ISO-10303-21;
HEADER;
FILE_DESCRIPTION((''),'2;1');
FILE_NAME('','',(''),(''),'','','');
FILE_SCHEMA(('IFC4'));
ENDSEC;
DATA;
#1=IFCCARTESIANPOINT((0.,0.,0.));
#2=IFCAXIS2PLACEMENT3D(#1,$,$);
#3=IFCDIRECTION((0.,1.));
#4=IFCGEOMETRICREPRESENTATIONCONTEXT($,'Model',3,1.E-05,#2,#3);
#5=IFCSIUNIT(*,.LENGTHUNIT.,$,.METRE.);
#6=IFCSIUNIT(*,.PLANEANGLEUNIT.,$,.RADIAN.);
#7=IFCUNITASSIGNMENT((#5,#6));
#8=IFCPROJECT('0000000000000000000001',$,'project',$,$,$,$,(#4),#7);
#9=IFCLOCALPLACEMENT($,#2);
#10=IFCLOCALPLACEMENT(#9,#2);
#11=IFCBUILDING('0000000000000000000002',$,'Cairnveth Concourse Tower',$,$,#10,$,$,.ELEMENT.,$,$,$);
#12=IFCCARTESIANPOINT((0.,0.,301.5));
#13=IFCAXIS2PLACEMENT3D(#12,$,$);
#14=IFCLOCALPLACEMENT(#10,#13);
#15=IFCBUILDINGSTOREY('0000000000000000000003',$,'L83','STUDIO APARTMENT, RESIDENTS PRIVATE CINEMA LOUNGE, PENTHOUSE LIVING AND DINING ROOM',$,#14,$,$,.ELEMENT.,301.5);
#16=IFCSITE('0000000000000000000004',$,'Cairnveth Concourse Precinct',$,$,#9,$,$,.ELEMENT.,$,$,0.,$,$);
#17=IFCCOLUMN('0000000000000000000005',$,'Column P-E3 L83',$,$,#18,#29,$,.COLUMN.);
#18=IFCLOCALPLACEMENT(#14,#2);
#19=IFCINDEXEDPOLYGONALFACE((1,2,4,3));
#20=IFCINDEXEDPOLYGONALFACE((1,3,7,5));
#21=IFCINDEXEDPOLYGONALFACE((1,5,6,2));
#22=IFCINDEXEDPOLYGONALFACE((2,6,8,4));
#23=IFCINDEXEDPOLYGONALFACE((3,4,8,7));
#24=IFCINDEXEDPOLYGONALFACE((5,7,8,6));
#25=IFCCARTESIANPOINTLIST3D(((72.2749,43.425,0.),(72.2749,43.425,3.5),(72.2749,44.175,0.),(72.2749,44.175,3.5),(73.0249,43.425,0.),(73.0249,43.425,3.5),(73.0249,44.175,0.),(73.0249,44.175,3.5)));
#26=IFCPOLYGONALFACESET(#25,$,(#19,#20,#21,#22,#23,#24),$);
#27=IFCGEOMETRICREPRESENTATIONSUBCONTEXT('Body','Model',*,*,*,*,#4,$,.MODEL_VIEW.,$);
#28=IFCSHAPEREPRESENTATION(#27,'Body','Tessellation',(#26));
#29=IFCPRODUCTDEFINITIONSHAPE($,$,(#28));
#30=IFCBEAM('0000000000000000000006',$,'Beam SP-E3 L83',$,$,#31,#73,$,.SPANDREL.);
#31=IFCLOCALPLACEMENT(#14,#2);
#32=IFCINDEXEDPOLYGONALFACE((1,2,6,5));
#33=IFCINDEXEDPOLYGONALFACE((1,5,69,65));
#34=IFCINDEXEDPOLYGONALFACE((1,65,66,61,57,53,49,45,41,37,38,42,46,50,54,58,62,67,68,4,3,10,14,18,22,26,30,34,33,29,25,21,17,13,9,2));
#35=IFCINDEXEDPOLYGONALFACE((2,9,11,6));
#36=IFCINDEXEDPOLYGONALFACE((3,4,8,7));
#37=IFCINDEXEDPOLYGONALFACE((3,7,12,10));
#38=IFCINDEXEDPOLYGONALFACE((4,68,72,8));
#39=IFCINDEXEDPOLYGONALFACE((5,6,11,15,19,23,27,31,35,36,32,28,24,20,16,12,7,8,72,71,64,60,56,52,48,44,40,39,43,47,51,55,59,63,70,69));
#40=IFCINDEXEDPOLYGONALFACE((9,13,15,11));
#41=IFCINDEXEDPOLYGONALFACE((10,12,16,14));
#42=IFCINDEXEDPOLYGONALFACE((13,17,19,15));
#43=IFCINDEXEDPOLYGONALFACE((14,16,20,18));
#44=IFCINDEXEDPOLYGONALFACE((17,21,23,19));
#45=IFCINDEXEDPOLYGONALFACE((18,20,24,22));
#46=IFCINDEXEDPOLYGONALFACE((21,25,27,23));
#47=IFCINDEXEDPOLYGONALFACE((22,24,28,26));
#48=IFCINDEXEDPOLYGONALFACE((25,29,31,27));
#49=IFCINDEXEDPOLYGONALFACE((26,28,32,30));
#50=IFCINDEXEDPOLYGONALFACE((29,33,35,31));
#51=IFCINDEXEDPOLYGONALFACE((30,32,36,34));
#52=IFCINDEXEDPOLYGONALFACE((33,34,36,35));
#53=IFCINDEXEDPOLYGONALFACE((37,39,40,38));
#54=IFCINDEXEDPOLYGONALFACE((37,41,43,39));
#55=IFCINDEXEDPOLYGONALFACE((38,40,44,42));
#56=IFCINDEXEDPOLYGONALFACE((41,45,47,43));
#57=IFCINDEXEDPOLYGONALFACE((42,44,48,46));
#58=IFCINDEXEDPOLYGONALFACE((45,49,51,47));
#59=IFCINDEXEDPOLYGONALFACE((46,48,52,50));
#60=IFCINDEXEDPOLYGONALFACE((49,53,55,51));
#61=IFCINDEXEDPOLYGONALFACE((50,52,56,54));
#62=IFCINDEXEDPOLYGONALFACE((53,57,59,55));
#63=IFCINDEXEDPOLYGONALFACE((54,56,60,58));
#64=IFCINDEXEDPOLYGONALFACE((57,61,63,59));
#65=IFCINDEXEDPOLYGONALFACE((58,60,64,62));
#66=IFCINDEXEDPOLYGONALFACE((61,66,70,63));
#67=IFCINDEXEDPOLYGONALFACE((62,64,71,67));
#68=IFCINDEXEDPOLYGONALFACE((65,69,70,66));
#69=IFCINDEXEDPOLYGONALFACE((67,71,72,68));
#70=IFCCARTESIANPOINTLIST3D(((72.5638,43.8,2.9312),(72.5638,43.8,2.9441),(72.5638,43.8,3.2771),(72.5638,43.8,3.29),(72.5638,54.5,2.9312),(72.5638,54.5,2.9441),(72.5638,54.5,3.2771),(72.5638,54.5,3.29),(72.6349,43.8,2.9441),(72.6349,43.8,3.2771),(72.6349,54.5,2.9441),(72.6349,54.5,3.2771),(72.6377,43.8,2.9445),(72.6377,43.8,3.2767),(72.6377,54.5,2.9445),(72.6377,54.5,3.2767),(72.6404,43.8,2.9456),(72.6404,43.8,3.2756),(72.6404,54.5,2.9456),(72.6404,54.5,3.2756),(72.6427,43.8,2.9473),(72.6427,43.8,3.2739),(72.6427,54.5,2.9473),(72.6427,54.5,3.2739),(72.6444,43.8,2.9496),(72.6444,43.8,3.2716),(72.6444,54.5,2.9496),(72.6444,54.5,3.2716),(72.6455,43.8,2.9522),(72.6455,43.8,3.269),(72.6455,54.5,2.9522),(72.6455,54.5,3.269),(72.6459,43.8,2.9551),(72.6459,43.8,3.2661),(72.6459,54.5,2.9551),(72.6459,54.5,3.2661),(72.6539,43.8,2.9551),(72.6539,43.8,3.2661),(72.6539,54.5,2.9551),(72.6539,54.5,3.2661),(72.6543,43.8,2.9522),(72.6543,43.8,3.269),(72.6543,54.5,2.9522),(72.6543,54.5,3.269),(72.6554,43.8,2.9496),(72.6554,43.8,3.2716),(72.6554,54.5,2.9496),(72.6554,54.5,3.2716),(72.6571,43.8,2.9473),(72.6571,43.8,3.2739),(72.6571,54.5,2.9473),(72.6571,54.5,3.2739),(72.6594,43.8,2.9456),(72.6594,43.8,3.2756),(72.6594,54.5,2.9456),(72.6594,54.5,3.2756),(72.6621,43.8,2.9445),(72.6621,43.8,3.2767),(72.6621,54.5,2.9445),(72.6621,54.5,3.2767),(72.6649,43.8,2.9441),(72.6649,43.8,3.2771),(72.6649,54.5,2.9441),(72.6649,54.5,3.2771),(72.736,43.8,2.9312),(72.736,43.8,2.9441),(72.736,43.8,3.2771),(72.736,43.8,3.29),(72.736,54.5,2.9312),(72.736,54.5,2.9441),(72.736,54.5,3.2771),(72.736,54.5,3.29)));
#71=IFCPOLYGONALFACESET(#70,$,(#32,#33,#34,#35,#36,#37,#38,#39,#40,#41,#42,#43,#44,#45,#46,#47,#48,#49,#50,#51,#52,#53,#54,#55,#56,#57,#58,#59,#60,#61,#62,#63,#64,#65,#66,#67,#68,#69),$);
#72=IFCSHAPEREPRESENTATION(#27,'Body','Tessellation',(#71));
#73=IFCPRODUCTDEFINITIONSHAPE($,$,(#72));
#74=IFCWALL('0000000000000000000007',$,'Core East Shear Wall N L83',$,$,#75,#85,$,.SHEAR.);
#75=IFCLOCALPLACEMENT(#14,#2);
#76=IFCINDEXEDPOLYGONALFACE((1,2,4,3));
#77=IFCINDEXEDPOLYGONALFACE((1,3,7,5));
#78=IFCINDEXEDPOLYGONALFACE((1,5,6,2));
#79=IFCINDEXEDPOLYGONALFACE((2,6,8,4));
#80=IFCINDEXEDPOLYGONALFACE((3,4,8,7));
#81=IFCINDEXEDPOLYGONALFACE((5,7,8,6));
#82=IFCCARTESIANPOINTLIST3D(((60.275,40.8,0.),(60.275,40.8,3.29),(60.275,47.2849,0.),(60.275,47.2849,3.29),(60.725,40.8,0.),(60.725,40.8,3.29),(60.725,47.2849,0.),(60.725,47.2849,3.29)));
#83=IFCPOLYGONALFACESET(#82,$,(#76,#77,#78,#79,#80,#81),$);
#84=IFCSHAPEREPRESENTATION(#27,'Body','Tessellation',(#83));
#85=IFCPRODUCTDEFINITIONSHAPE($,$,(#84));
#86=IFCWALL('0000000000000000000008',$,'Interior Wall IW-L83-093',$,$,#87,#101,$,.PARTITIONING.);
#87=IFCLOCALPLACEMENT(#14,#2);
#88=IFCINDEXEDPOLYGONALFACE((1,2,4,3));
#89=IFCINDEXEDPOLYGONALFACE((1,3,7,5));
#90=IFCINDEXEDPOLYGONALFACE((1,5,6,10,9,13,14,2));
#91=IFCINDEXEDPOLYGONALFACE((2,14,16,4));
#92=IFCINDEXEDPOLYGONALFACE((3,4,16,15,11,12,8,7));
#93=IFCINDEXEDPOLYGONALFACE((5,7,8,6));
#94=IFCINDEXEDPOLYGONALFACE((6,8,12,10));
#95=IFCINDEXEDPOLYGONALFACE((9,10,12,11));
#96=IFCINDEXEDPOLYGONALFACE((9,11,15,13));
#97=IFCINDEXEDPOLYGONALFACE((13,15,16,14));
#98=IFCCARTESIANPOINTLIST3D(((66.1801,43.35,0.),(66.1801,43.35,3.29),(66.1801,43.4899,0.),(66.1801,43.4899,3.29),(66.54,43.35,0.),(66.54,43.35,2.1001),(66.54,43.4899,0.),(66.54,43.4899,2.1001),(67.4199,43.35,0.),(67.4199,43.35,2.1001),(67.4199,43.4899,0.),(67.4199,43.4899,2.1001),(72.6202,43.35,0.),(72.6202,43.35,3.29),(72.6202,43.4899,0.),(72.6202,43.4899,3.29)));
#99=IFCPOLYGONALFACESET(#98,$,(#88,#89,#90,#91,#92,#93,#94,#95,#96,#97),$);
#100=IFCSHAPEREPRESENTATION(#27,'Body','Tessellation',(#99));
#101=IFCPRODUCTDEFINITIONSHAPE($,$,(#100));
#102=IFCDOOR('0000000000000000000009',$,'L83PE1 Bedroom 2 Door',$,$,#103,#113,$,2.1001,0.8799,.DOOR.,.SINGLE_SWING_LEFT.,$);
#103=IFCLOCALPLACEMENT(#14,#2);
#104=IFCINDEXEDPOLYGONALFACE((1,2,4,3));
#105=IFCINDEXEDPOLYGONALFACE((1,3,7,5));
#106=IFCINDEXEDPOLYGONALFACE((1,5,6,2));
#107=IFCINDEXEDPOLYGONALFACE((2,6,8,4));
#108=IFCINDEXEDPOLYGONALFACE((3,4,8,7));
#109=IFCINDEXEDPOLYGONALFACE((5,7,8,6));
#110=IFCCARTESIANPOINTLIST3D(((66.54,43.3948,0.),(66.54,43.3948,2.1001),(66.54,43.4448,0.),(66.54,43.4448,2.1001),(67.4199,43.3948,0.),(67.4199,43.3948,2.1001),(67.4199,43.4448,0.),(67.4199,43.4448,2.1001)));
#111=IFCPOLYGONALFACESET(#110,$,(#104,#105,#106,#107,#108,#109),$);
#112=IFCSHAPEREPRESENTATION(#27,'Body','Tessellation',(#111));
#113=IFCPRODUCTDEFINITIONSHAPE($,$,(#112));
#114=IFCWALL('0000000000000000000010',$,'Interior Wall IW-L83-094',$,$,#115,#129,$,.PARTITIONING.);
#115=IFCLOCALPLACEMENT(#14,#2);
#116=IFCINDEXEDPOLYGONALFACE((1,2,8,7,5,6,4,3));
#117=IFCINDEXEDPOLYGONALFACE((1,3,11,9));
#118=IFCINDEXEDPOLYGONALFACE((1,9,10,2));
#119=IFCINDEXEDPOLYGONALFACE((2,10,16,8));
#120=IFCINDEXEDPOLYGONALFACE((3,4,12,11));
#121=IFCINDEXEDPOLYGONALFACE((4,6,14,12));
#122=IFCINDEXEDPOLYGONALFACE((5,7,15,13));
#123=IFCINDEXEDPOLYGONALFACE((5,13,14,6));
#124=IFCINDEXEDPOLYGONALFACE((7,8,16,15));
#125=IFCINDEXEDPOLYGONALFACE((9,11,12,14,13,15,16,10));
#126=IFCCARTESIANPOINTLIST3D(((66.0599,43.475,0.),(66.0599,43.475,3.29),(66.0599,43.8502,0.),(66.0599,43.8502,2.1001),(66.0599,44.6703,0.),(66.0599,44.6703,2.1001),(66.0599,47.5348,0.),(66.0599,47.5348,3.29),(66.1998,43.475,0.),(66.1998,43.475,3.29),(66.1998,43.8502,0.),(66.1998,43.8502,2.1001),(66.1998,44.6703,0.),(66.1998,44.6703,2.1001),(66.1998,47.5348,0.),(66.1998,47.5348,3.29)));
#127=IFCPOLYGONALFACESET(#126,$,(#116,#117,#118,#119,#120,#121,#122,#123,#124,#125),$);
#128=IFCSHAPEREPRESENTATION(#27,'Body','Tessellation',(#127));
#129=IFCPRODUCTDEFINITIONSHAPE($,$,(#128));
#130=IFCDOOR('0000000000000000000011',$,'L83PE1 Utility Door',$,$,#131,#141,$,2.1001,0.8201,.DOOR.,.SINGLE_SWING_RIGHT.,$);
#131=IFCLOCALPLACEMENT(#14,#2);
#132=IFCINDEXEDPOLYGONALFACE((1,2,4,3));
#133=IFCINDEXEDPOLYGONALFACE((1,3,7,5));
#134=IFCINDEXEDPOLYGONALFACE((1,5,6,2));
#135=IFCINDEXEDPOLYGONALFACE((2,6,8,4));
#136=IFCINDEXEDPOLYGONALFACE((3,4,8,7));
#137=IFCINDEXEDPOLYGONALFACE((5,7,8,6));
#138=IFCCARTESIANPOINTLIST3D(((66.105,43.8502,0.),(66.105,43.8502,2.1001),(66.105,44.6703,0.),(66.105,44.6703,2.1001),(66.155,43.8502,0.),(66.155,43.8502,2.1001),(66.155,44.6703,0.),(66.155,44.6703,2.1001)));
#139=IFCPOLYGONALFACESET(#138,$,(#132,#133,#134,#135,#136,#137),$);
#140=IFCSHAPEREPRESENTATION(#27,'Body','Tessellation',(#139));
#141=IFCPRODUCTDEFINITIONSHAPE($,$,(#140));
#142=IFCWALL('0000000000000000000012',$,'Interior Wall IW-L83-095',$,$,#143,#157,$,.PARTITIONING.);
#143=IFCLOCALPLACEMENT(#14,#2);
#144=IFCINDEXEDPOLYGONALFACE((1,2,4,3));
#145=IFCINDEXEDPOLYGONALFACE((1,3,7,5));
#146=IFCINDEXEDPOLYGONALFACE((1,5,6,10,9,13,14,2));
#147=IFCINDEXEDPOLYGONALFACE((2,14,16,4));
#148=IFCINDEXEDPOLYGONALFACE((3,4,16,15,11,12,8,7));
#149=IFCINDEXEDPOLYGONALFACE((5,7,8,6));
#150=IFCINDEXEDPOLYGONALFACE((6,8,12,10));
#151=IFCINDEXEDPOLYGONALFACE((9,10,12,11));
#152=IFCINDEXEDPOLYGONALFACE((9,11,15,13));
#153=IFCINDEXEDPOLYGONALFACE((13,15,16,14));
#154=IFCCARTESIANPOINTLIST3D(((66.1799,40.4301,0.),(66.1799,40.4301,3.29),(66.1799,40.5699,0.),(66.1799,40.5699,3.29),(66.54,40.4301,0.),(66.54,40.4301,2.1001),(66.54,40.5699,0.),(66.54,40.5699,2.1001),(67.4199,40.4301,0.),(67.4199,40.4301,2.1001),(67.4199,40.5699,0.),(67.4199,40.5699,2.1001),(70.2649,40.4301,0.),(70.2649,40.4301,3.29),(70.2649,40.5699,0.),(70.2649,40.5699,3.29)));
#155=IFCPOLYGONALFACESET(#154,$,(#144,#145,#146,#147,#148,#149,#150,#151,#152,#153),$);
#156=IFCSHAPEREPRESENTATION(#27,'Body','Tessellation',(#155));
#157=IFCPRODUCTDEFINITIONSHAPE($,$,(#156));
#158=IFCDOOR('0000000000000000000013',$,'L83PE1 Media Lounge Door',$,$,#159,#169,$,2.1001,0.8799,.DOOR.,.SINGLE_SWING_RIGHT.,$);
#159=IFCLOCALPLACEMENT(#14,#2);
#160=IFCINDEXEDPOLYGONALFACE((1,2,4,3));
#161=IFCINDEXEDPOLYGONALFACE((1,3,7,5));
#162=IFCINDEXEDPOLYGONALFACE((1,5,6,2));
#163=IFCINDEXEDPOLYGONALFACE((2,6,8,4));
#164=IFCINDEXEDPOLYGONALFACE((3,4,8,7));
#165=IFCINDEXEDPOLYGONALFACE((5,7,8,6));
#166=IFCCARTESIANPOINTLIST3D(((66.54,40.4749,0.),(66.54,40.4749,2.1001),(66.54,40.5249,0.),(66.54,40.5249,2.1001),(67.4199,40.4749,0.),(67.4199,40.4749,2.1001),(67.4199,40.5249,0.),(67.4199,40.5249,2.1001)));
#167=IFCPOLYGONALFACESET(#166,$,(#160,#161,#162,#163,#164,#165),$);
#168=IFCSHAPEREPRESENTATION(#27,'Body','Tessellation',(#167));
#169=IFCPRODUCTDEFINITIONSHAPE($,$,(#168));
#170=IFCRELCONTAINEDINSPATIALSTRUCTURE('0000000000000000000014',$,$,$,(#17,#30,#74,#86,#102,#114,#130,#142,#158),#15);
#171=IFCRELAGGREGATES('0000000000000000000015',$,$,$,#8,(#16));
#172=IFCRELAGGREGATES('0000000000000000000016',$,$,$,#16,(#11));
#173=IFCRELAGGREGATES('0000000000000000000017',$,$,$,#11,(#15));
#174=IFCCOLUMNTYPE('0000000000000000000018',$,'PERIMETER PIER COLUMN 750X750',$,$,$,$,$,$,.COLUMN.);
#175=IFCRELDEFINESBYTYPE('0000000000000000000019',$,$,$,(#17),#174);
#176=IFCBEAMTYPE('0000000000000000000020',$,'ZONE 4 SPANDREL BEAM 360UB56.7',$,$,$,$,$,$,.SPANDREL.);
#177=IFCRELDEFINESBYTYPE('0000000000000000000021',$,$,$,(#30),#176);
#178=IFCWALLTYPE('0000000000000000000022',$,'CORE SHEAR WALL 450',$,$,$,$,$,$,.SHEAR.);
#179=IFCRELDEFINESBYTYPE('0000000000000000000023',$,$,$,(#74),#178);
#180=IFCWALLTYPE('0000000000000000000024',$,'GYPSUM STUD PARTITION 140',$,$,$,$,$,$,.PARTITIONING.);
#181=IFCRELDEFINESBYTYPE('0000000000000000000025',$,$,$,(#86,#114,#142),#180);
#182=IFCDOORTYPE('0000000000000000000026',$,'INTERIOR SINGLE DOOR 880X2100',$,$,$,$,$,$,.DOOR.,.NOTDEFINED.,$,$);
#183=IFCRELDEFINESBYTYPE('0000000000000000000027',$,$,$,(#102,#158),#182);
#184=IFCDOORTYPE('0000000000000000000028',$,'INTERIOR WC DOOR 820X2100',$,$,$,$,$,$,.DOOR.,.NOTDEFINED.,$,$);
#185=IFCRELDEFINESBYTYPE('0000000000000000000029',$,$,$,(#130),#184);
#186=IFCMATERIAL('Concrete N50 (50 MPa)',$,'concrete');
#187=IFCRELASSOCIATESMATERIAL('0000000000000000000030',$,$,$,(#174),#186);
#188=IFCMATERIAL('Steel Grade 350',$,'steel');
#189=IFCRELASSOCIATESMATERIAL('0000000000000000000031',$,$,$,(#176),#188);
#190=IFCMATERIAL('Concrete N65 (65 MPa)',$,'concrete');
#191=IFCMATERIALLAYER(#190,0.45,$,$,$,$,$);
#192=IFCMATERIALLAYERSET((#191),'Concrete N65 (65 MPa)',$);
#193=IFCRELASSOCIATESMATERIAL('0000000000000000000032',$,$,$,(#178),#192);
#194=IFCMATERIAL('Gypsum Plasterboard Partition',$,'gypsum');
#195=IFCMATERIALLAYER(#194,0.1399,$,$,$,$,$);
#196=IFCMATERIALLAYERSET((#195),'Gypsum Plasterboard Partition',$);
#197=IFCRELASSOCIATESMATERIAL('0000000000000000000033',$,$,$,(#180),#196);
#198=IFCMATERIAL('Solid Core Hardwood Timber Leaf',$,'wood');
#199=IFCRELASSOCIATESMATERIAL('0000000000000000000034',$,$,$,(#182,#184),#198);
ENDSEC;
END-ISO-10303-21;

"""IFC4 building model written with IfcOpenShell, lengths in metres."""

from ifc_helpers import new_model, si_unit, direction, frame, frame_2d, origin, origin_2d, place, context, subcontext, project, spatial, rectangle, i_section, extrude, material, layer, layer_set, material_profile, profile_set, type_object, element, fill, save


model = new_model("IFC4")

# Units and contexts
model_context = context("Model", 3, precision=1e-05, world=origin(), true_north=direction((0.0, 1.0)))
body_context = subcontext(model_context, "Body", "Model", "MODEL_VIEW")
ifc_project = project(units=[si_unit("LENGTHUNIT", "METRE"), si_unit("PLANEANGLEUNIT", "RADIAN")], contexts=[model_context])

# Site, building, storey
site_placement = place(None, origin())
site = spatial("IfcSite", under=ifc_project, at=site_placement, Name="Cairnveth Concourse Precinct", CompositionType="ELEMENT", RefElevation=0.0)
building_placement = place(site_placement, origin())
building = spatial("IfcBuilding", under=site, at=building_placement, Name="Cairnveth Concourse Tower", CompositionType="ELEMENT")
storey_placement = place(building_placement, frame((0.0, 0.0, 301.5)))
storey = spatial("IfcBuildingStorey", under=building, at=storey_placement, Name="L83", Description="STUDIO APARTMENT, RESIDENTS PRIVATE CINEMA LOUNGE, PENTHOUSE LIVING AND DINING ROOM", CompositionType="ELEMENT", Elevation=301.5)

# Column
ifc_material_1 = material(Name="Concrete N50 (50 MPa)", Category="concrete")
ifc_material_profile_1 = material_profile(ifc_material_1, rectangle(XDim=0.75, YDim=0.75, at=origin_2d()), Name="RC-COL-750x750")
ifc_profile_set_1 = profile_set([ifc_material_profile_1], Name="Concrete N50 (50 MPa)")
column_type = type_object("IfcColumnType", Name="PERIMETER PIER COLUMN 750X750", PredefinedType="COLUMN", material=ifc_profile_set_1)
column_placement = place(storey_placement, frame((72.6499, 43.8, 0.0), z_axis=(0.0, 0.0, 1.0), x_axis=(0.0, 1.0, 0.0)))
element("IfcColumn", 1, at=column_placement, inside=storey, type_object=column_type, Name="Column P-E3 L83", PredefinedType="COLUMN", context=body_context, shape_type="SweptSolid", body=[
    extrude(rectangle(XDim=0.75, YDim=0.75, at=origin_2d()), origin(), (0.0, 0.0, 1.0), 3.5),
])

# Beam
ifc_material_2 = material(Name="Steel Grade 350", Category="steel")
ifc_material_profile_2 = material_profile(ifc_material_2, i_section(OverallWidth=0.1721, OverallDepth=0.3589, WebThickness=0.0081, FlangeThickness=0.0129, FilletRadius=0.011, at=origin_2d()), Name="360UB56.7")
ifc_profile_set_2 = profile_set([ifc_material_profile_2], Name="Steel Grade 350")
beam_type = type_object("IfcBeamType", Name="ZONE 4 SPANDREL BEAM 360UB56.7", PredefinedType="SPANDREL", material=ifc_profile_set_2)
beam_placement = place(storey_placement, frame((72.6499, 43.8, 3.1106), z_axis=(0.0, 1.0, 0.0), x_axis=(-1.0, 0.0, 0.0)))
element("IfcBeam", 2, at=beam_placement, inside=storey, type_object=beam_type, Name="Beam SP-E3 L83", PredefinedType="SPANDREL", context=body_context, shape_type="SweptSolid", body=[
    extrude(i_section(OverallWidth=0.1721, OverallDepth=0.3589, WebThickness=0.0081, FlangeThickness=0.0129, FilletRadius=0.011, at=origin_2d()), origin(), (0.0, 0.0, 1.0), 10.7),
])

# Wall
ifc_material_3 = material(Name="Concrete N65 (65 MPa)", Category="concrete")
ifc_layer_1 = layer(ifc_material_3, 0.45)
ifc_layer_set_1 = layer_set([ifc_layer_1], Name="Concrete N65 (65 MPa)")
wall_type_1 = type_object("IfcWallType", Name="CORE SHEAR WALL 450", PredefinedType="SHEAR", material=ifc_layer_set_1)
wall_1_placement = place(storey_placement, frame((60.5, 40.8, 0.0), z_axis=(0.0, 0.0, 1.0), x_axis=(0.0, 1.0, 0.0)))
element("IfcWall", 3, at=wall_1_placement, inside=storey, type_object=wall_type_1, Name="Core East Shear Wall N L83", PredefinedType="SHEAR", context=body_context, shape_type="SweptSolid", body=[
    extrude(rectangle(XDim=6.4849, YDim=0.45, at=frame_2d((3.2424, 0.0))), origin(), (0.0, 0.0, 1.0), 3.29),
])

# Walls, openings, doors
ifc_material_4 = material(Name="Gypsum Plasterboard Partition", Category="gypsum")
ifc_layer_2 = layer(ifc_material_4, 0.1399)
ifc_layer_set_2 = layer_set([ifc_layer_2], Name="Gypsum Plasterboard Partition")
wall_type_2 = type_object("IfcWallType", Name="GYPSUM STUD PARTITION 140", PredefinedType="PARTITIONING", material=ifc_layer_set_2)
wall_2_placement = place(storey_placement, frame((66.1799, 43.4199, 0.0), z_axis=(0.0, 0.0, 1.0), x_axis=(1.0, 0.0, 0.0)))
wall_2 = element("IfcWall", 4, at=wall_2_placement, inside=storey, type_object=wall_type_2, Name="Interior Wall IW-L83-093", PredefinedType="PARTITIONING", context=body_context, shape_type="SweptSolid", body=[
    extrude(rectangle(XDim=6.4402, YDim=0.1399, at=frame_2d((3.2202, 0.0))), origin(), (0.0, 0.0, 1.0), 3.29),
])
opening_1_placement = place(wall_2_placement, frame((0.3601, 0.0, 0.0)))
opening_1 = element("IfcOpeningElement", 5, at=opening_1_placement, cuts=wall_2, PredefinedType="OPENING", context=body_context, shape_type="SweptSolid", body=[
    extrude(rectangle(XDim=0.8799, YDim=2.1001, at=frame_2d((0.4399, 1.05))), frame((0.0, 0.0798, 0.0), z_axis=(0.0, -1.0, 0.0), x_axis=(1.0, 0.0, 0.0)), (0.0, 0.0, 1.0), 0.1599),
])
ifc_material_5 = material(Name="Solid Core Hardwood Timber Leaf", Category="wood")
door_type_1 = type_object("IfcDoorType", Name="INTERIOR SINGLE DOOR 880X2100", OperationType="NOTDEFINED", PredefinedType="DOOR", material=ifc_material_5)
door_1_placement = place(opening_1_placement, origin())
door_1 = element("IfcDoor", 6, at=door_1_placement, inside=storey, type_object=door_type_1, Name="L83PE1 Bedroom 2 Door", OperationType="SINGLE_SWING_LEFT", OverallHeight=2.1001, OverallWidth=0.8799, PredefinedType="DOOR", context=body_context, shape_type="SweptSolid", body=[
    extrude(rectangle(XDim=0.8799, YDim=2.1001, at=frame_2d((0.4399, 1.05))), frame((0.0, 0.0249, 0.0), z_axis=(0.0, -1.0, 0.0), x_axis=(1.0, 0.0, 0.0)), (0.0, 0.0, 1.0), 0.05),
])
fill(opening_1, door_1)
wall_3_placement = place(storey_placement, frame((66.1299, 43.4751, 0.0), z_axis=(0.0, 0.0, 1.0), x_axis=(0.0, 1.0, 0.0)))
wall_3 = element("IfcWall", 7, at=wall_3_placement, inside=storey, type_object=wall_type_2, Name="Interior Wall IW-L83-094", PredefinedType="PARTITIONING", context=body_context, shape_type="SweptSolid", body=[
    extrude(rectangle(XDim=4.0598, YDim=0.1399, at=frame_2d((2.0298, 0.0))), origin(), (0.0, 0.0, 1.0), 3.29),
])
opening_2_placement = place(wall_3_placement, frame((0.375, 0.0, 0.0)))
opening_2 = element("IfcOpeningElement", 8, at=opening_2_placement, cuts=wall_3, PredefinedType="OPENING", context=body_context, shape_type="SweptSolid", body=[
    extrude(rectangle(XDim=0.8201, YDim=2.1001, at=frame_2d((0.4102, 1.05))), frame((0.0, 0.0798, 0.0), z_axis=(0.0, -1.0, 0.0), x_axis=(1.0, 0.0, 0.0)), (0.0, 0.0, 1.0), 0.1599),
])
door_type_2 = type_object("IfcDoorType", Name="INTERIOR WC DOOR 820X2100", OperationType="NOTDEFINED", PredefinedType="DOOR", material=ifc_material_5)
door_2_placement = place(opening_2_placement, origin())
door_2 = element("IfcDoor", 9, at=door_2_placement, inside=storey, type_object=door_type_2, Name="L83PE1 Utility Door", OperationType="SINGLE_SWING_RIGHT", OverallHeight=2.1001, OverallWidth=0.8201, PredefinedType="DOOR", context=body_context, shape_type="SweptSolid", body=[
    extrude(rectangle(XDim=0.8201, YDim=2.1001, at=frame_2d((0.4102, 1.05))), frame((0.0, 0.0249, 0.0), z_axis=(0.0, -1.0, 0.0), x_axis=(1.0, 0.0, 0.0)), (0.0, 0.0, 1.0), 0.05),
])
fill(opening_2, door_2)
wall_4_placement = place(storey_placement, frame((66.1799, 40.5, 0.0), z_axis=(0.0, 0.0, 1.0), x_axis=(1.0, 0.0, 0.0)))
wall_4 = element("IfcWall", 10, at=wall_4_placement, inside=storey, type_object=wall_type_2, Name="Interior Wall IW-L83-095", PredefinedType="PARTITIONING", context=body_context, shape_type="SweptSolid", body=[
    extrude(rectangle(XDim=4.085, YDim=0.1399, at=frame_2d((2.0425, 0.0))), origin(), (0.0, 0.0, 1.0), 3.29),
])
opening_3_placement = place(wall_4_placement, frame((0.3601, 0.0, 0.0)))
opening_3 = element("IfcOpeningElement", 11, at=opening_3_placement, cuts=wall_4, PredefinedType="OPENING", context=body_context, shape_type="SweptSolid", body=[
    extrude(rectangle(XDim=0.8799, YDim=2.1001, at=frame_2d((0.4399, 1.05))), frame((0.0, 0.0798, 0.0), z_axis=(0.0, -1.0, 0.0), x_axis=(1.0, 0.0, 0.0)), (0.0, 0.0, 1.0), 0.1599),
])
door_3_placement = place(opening_3_placement, origin())
door_3 = element("IfcDoor", 12, at=door_3_placement, inside=storey, type_object=door_type_1, Name="L83PE1 Media Lounge Door", OperationType="SINGLE_SWING_RIGHT", OverallHeight=2.1001, OverallWidth=0.8799, PredefinedType="DOOR", context=body_context, shape_type="SweptSolid", body=[
    extrude(rectangle(XDim=0.8799, YDim=2.1001, at=frame_2d((0.4399, 1.05))), frame((0.0, 0.0249, 0.0), z_axis=(0.0, -1.0, 0.0), x_axis=(1.0, 0.0, 0.0)), (0.0, 0.0, 1.0), 0.05),
])
fill(opening_3, door_3)

save(model, "model.ifc")
